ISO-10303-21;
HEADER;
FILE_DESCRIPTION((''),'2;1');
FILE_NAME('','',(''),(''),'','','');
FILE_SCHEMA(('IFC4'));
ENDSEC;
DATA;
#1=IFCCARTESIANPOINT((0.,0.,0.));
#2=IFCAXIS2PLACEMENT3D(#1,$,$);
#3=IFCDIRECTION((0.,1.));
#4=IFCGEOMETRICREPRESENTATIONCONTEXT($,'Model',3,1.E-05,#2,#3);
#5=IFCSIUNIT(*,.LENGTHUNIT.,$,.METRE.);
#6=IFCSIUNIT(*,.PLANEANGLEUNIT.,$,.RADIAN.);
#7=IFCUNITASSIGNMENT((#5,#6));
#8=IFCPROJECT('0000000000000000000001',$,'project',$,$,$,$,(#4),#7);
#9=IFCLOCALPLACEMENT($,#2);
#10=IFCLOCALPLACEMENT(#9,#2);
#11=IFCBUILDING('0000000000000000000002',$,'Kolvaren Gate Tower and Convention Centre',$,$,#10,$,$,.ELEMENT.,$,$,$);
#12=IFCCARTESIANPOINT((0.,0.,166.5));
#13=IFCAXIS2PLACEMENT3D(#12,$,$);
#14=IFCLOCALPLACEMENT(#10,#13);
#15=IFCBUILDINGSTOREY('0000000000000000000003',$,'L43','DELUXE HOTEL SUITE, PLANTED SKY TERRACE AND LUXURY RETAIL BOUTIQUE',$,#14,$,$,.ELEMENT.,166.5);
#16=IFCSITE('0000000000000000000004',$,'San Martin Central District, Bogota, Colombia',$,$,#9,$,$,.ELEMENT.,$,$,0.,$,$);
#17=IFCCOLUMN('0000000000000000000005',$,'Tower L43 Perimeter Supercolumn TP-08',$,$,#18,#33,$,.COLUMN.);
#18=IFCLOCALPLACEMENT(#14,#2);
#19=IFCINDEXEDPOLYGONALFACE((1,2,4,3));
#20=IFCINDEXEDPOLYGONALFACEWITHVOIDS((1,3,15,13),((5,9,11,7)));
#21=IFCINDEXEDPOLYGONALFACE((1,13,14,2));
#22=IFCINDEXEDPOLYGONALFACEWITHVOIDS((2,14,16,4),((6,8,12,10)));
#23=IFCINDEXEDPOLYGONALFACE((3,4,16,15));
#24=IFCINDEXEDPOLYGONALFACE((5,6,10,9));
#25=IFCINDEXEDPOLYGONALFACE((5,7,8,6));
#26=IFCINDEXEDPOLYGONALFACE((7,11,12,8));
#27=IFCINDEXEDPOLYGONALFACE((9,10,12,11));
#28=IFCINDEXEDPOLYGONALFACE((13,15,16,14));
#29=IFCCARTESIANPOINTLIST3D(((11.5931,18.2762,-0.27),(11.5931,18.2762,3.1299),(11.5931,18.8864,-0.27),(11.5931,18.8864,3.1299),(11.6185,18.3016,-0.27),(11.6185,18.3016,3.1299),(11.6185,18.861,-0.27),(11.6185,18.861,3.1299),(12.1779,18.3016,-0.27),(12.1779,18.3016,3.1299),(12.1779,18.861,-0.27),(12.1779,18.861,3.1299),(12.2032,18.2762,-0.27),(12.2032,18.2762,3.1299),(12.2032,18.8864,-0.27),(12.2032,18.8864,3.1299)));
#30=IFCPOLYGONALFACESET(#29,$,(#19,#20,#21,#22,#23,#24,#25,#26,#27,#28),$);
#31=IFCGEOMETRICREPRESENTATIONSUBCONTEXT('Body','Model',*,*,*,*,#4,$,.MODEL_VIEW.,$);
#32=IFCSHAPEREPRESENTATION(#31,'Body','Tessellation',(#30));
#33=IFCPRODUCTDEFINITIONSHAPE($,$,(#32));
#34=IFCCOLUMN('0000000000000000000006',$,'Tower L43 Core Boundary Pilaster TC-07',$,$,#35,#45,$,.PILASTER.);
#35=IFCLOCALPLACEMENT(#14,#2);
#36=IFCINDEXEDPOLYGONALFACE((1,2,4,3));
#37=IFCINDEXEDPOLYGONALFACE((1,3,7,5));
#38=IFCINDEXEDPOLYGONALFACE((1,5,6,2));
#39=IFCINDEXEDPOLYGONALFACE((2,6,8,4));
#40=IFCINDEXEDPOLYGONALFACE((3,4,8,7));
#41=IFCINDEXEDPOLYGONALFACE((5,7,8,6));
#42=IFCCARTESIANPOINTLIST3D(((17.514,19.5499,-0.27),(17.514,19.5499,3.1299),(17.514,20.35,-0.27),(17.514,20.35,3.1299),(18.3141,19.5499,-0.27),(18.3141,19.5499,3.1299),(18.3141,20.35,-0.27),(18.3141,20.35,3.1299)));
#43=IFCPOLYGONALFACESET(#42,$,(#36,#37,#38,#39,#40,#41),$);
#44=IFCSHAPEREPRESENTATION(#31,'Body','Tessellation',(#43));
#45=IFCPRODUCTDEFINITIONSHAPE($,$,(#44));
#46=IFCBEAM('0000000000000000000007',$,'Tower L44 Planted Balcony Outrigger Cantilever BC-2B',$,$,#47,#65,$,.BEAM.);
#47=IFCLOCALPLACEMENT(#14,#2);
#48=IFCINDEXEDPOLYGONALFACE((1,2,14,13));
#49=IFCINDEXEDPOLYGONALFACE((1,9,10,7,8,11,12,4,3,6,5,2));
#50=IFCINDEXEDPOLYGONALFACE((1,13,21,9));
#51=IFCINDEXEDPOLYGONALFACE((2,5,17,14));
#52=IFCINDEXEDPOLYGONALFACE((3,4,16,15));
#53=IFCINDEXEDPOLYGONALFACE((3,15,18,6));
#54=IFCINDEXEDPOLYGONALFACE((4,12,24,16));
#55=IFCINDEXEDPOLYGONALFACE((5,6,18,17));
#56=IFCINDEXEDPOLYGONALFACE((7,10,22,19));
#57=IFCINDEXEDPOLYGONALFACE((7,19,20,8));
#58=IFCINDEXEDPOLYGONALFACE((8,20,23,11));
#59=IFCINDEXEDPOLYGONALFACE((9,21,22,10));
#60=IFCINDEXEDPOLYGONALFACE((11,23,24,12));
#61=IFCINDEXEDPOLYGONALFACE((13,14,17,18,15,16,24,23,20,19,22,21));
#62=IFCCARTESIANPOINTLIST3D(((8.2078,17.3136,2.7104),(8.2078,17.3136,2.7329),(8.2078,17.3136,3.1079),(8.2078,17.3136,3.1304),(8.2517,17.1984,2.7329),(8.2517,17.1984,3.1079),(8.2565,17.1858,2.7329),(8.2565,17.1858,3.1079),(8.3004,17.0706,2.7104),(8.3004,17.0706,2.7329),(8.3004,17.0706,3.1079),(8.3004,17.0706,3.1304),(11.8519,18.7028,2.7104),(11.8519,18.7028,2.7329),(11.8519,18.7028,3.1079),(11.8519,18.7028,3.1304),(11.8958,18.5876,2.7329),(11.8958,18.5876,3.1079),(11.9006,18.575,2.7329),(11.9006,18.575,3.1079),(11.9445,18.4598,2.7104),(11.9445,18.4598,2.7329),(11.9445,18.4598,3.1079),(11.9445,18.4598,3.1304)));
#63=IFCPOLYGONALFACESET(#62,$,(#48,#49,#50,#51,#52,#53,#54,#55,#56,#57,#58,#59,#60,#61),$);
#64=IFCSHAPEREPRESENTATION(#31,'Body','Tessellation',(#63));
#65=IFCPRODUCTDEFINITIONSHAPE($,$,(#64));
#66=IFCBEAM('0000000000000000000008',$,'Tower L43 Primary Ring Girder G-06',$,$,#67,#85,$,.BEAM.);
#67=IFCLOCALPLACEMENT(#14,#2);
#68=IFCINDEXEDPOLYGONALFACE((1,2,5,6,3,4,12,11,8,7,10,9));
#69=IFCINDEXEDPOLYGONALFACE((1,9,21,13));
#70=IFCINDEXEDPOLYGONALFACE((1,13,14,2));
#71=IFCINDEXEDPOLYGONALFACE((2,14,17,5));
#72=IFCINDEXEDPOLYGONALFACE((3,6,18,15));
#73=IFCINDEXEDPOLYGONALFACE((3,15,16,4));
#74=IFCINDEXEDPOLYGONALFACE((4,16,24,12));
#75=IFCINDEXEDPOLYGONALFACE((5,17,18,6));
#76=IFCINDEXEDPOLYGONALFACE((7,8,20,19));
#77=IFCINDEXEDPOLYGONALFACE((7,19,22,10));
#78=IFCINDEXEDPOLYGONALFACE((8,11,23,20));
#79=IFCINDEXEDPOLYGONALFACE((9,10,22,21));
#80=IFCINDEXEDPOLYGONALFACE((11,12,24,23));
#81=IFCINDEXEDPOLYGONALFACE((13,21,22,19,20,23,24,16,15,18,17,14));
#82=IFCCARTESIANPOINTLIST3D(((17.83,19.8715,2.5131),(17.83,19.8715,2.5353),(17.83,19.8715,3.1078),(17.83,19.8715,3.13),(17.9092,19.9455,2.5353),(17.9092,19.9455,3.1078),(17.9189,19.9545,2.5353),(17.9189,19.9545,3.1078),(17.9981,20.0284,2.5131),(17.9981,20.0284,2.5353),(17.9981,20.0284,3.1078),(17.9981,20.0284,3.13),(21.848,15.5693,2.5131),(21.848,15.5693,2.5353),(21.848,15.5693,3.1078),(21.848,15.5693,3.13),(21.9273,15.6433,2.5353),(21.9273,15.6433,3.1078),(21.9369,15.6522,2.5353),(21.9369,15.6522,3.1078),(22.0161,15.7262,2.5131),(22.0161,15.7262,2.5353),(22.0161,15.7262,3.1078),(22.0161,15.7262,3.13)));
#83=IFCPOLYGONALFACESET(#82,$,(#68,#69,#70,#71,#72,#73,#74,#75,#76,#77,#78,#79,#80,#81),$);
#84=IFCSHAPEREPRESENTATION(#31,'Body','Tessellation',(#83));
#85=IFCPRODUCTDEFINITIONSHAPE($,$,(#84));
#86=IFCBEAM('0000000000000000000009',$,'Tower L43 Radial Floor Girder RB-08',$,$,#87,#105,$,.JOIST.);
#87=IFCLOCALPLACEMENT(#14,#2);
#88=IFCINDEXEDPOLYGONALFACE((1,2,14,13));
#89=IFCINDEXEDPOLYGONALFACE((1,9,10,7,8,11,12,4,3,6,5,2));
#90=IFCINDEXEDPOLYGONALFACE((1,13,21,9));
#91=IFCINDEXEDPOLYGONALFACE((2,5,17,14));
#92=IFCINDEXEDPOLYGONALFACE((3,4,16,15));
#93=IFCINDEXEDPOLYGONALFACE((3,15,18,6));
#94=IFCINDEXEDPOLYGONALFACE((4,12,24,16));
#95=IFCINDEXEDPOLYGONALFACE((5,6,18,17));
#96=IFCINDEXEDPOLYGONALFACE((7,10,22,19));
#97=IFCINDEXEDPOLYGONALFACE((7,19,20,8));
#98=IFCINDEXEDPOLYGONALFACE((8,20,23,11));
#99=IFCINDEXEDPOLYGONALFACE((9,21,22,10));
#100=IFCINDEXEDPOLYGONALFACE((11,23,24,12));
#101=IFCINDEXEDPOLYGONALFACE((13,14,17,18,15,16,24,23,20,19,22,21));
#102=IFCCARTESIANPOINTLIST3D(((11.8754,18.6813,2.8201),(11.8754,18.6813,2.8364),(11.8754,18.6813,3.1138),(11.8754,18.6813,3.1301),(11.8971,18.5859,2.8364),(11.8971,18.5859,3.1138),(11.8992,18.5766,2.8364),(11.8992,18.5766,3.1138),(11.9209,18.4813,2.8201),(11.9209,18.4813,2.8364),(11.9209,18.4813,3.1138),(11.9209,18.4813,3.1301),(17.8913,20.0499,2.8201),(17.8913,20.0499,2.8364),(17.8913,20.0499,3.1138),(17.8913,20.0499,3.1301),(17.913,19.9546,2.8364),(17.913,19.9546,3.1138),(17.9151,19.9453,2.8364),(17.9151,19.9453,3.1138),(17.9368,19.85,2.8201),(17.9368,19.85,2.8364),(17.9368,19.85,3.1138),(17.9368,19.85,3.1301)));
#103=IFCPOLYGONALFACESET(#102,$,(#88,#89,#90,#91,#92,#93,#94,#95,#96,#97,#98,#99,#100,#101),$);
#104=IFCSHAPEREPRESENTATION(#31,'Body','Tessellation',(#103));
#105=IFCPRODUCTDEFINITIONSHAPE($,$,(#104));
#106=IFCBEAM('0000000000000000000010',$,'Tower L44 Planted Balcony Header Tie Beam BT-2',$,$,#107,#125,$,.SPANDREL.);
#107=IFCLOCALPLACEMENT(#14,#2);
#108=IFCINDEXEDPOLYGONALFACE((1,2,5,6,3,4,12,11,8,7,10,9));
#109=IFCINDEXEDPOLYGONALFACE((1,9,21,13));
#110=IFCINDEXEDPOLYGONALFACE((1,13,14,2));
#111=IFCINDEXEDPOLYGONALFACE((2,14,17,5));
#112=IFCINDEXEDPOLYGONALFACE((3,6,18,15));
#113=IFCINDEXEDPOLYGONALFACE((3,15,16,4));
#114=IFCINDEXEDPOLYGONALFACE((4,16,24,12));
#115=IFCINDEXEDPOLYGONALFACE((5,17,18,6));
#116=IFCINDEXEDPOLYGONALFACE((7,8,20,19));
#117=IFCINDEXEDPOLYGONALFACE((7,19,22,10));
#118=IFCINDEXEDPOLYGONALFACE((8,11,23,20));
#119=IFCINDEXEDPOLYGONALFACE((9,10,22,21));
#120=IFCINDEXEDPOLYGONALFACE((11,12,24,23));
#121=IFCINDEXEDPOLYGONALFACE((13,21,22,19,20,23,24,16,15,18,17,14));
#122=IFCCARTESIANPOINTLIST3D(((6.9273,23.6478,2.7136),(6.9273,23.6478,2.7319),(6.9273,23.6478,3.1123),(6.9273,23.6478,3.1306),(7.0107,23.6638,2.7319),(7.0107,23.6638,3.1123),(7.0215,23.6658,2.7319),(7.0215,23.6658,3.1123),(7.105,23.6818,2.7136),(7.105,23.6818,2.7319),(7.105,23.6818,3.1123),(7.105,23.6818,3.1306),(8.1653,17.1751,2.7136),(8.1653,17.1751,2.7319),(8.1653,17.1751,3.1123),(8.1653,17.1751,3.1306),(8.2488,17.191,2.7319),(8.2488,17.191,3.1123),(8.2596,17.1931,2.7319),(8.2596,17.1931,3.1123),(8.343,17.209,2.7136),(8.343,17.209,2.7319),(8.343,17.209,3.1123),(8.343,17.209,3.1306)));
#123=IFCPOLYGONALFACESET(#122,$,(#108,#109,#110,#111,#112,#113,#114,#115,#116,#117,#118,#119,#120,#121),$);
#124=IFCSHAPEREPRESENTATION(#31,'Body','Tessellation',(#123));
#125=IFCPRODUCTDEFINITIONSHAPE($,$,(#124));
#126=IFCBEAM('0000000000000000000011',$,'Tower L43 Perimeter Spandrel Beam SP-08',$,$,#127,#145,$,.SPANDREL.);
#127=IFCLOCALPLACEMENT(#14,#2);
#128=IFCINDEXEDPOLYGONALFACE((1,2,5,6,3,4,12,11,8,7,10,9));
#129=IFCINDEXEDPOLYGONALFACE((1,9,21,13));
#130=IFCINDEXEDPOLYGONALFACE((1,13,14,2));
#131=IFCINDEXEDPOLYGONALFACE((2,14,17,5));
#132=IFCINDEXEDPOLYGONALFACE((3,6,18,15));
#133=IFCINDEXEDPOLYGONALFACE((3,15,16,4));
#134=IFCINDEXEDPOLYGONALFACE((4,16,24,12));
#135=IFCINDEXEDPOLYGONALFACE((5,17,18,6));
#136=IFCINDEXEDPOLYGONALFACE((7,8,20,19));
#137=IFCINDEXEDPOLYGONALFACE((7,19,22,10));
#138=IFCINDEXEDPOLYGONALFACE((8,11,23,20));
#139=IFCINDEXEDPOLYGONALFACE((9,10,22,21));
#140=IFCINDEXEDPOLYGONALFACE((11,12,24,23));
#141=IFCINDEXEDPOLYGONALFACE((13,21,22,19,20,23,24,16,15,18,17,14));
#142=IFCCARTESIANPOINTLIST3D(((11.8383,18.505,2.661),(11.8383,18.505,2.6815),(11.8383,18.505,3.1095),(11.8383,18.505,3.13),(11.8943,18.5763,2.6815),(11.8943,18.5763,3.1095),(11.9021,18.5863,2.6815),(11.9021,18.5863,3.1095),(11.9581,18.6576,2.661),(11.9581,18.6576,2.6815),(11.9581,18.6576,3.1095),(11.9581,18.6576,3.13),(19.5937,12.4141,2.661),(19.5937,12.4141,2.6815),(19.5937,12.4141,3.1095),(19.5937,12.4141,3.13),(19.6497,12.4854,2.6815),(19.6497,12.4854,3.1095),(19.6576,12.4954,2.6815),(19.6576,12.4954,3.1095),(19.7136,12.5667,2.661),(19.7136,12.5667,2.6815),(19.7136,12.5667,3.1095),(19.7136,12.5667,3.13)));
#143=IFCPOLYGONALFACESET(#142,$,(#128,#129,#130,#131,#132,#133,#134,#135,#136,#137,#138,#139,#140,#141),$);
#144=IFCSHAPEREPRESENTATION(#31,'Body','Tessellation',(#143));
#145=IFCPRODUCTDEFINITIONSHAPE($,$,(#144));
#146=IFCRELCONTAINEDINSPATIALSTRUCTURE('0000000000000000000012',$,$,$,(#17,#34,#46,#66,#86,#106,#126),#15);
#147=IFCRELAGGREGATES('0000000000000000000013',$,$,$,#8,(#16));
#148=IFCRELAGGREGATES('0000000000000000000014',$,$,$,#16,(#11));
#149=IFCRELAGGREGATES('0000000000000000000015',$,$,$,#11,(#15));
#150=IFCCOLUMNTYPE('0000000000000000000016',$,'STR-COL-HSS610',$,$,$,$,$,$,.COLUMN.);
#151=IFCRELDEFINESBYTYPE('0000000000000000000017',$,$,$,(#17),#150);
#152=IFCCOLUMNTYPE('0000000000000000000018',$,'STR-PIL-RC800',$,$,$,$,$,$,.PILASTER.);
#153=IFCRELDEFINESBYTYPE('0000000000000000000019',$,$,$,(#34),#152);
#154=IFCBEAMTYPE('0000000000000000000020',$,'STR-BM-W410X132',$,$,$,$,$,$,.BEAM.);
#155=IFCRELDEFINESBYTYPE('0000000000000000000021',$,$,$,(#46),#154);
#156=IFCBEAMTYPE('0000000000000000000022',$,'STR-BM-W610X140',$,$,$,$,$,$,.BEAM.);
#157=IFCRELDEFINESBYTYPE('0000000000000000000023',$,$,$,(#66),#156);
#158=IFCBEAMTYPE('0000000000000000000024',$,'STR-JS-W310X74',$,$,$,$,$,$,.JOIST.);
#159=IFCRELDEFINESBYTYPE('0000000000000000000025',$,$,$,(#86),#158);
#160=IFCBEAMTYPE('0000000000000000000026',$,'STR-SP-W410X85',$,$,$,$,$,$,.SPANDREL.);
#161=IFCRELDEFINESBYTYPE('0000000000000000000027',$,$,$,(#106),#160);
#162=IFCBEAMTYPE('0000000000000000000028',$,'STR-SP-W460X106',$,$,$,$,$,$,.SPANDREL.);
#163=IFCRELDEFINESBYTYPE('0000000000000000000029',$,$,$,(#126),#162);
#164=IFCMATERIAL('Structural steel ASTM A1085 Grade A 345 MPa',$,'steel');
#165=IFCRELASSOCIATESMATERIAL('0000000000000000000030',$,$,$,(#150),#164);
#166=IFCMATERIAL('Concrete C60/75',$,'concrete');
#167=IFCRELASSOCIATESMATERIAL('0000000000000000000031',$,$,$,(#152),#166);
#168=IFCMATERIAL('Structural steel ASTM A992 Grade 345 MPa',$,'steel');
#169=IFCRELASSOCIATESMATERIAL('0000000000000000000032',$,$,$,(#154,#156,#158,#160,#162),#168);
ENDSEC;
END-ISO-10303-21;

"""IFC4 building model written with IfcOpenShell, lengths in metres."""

from ifc_helpers import new_model, si_unit, direction, frame, origin, origin_2d, place, context, subcontext, project, spatial, rectangle, hollow_rectangle, i_section, extrude, material, material_profile, profile_set, type_object, element, save


model = new_model("IFC4")

# Units and contexts
model_context = context("Model", 3, precision=1e-05, world=origin(), true_north=direction((0.0, 1.0)))
body_context = subcontext(model_context, "Body", "Model", "MODEL_VIEW")
ifc_project = project(units=[si_unit("LENGTHUNIT", "METRE"), si_unit("PLANEANGLEUNIT", "RADIAN")], contexts=[model_context])

# Site, building, storey
site_placement = place(None, origin())
site = spatial("IfcSite", under=ifc_project, at=site_placement, Name="San Martin Central District, Bogota, Colombia", CompositionType="ELEMENT", RefElevation=0.0)
building_placement = place(site_placement, origin())
building = spatial("IfcBuilding", under=site, at=building_placement, Name="Kolvaren Gate Tower and Convention Centre", CompositionType="ELEMENT")
storey_placement = place(building_placement, frame((0.0, 0.0, 166.5)))
storey = spatial("IfcBuildingStorey", under=building, at=storey_placement, Name="L43", Description="DELUXE HOTEL SUITE, PLANTED SKY TERRACE AND LUXURY RETAIL BOUTIQUE", CompositionType="ELEMENT", Elevation=166.5)

# Columns
ifc_material_1 = material(Name="Structural steel ASTM A1085 Grade A 345 MPa", Category="steel")
ifc_material_profile_1 = material_profile(ifc_material_1, hollow_rectangle(XDim=0.6101, YDim=0.6101, WallThickness=0.0254, at=origin_2d()), Name="HSS610X610X25.4")
ifc_profile_set_1 = profile_set([ifc_material_profile_1], Name="Structural steel ASTM A1085 Grade A 345 MPa")
column_type_1 = type_object("IfcColumnType", Name="STR-COL-HSS610", PredefinedType="COLUMN", material=ifc_profile_set_1)
column_1_placement = place(storey_placement, frame((11.8982, 18.5813, -0.27), z_axis=(0.0, 0.0, 1.0), x_axis=(1.0, 0.0, 0.0)))
element("IfcColumn", 1, at=column_1_placement, inside=storey, type_object=column_type_1, Name="Tower L43 Perimeter Supercolumn TP-08", PredefinedType="COLUMN", context=body_context, shape_type="SweptSolid", body=[
    extrude(hollow_rectangle(XDim=0.6101, YDim=0.6101, WallThickness=0.0254, at=origin_2d()), origin(), (0.0, 0.0, 1.0), 3.3999),
])
ifc_material_2 = material(Name="Concrete C60/75", Category="concrete")
ifc_material_profile_2 = material_profile(ifc_material_2, rectangle(XDim=0.8, YDim=0.8, at=origin_2d()), Name="RC-COL-800X800")
ifc_profile_set_2 = profile_set([ifc_material_profile_2], Name="Concrete C60/75")
column_type_2 = type_object("IfcColumnType", Name="STR-PIL-RC800", PredefinedType="PILASTER", material=ifc_profile_set_2)
column_2_placement = place(storey_placement, frame((17.9141, 19.95, -0.27), z_axis=(0.0, 0.0, 1.0), x_axis=(1.0, 0.0, 0.0)))
element("IfcColumn", 2, at=column_2_placement, inside=storey, type_object=column_type_2, Name="Tower L43 Core Boundary Pilaster TC-07", PredefinedType="PILASTER", context=body_context, shape_type="SweptSolid", body=[
    extrude(rectangle(XDim=0.8, YDim=0.8, at=origin_2d()), origin(), (0.0, 0.0, 1.0), 3.3999),
])

# Beams
ifc_material_3 = material(Name="Structural steel ASTM A992 Grade 345 MPa", Category="steel")
ifc_material_profile_3 = material_profile(ifc_material_3, i_section(OverallWidth=0.26, OverallDepth=0.4199, WebThickness=0.0134, FlangeThickness=0.0225, at=origin_2d()), Name="W410X132")
ifc_profile_set_3 = profile_set([ifc_material_profile_3], Name="Structural steel ASTM A992 Grade 345 MPa")
beam_type_1 = type_object("IfcBeamType", Name="STR-BM-W410X132", PredefinedType="BEAM", material=ifc_profile_set_3)
beam_1_placement = place(storey_placement, frame((11.8982, 18.5813, 2.9204), z_axis=(-0.934406, -0.356209, 0.0), x_axis=(0.356209, -0.934406, 0.0)))
element("IfcBeam", 3, at=beam_1_placement, inside=storey, type_object=beam_type_1, Name="Tower L44 Planted Balcony Outrigger Cantilever BC-2B", PredefinedType="BEAM", context=body_context, shape_type="SweptSolid", body=[
    extrude(i_section(OverallWidth=0.26, OverallDepth=0.4199, WebThickness=0.0134, FlangeThickness=0.0225, at=origin_2d()), origin(), (0.0, 0.0, 1.0), 3.8999),
])
ifc_material_profile_4 = material_profile(ifc_material_3, i_section(OverallWidth=0.23, OverallDepth=0.6169, WebThickness=0.0132, FlangeThickness=0.0222, at=origin_2d()), Name="W610X140")
ifc_profile_set_4 = profile_set([ifc_material_profile_4], Name="Structural steel ASTM A992 Grade 345 MPa")
beam_type_2 = type_object("IfcBeamType", Name="STR-BM-W610X140", PredefinedType="BEAM", material=ifc_profile_set_4)
beam_2_placement = place(storey_placement, frame((17.9141, 19.95, 2.8215), z_axis=(0.682558, -0.730832, 0.0), x_axis=(0.730832, 0.682558, 0.0)))
element("IfcBeam", 4, at=beam_2_placement, inside=storey, type_object=beam_type_2, Name="Tower L43 Primary Ring Girder G-06", PredefinedType="BEAM", context=body_context, shape_type="SweptSolid", body=[
    extrude(i_section(OverallWidth=0.23, OverallDepth=0.6169, WebThickness=0.0132, FlangeThickness=0.0222, at=origin_2d()), origin(), (0.0, 0.0, 1.0), 5.8867),
])
ifc_material_profile_5 = material_profile(ifc_material_3, i_section(OverallWidth=0.2051, OverallDepth=0.3101, WebThickness=0.0095, FlangeThickness=0.0164, at=origin_2d()), Name="W310X74")
ifc_profile_set_5 = profile_set([ifc_material_profile_5], Name="Structural steel ASTM A992 Grade 345 MPa")
beam_type_3 = type_object("IfcBeamType", Name="STR-JS-W310X74", PredefinedType="JOIST", material=ifc_profile_set_5)
beam_3_placement = place(storey_placement, frame((17.9141, 19.95, 2.9751), z_axis=(-0.975083, -0.221838, 0.0), x_axis=(0.221838, -0.975083, 0.0)))
element("IfcBeam", 5, at=beam_3_placement, inside=storey, type_object=beam_type_3, Name="Tower L43 Radial Floor Girder RB-08", PredefinedType="JOIST", context=body_context, shape_type="SweptSolid", body=[
    extrude(i_section(OverallWidth=0.2051, OverallDepth=0.3101, WebThickness=0.0095, FlangeThickness=0.0164, at=origin_2d()), origin(), (0.0, 0.0, 1.0), 6.1697),
])
ifc_material_profile_6 = material_profile(ifc_material_3, i_section(OverallWidth=0.1809, OverallDepth=0.417, WebThickness=0.011, FlangeThickness=0.0183, at=origin_2d()), Name="W410X85")
ifc_profile_set_6 = profile_set([ifc_material_profile_6], Name="Structural steel ASTM A992 Grade 345 MPa")
beam_type_4 = type_object("IfcBeamType", Name="STR-SP-W410X85", PredefinedType="SPANDREL", material=ifc_profile_set_6)
beam_4_placement = place(storey_placement, frame((7.0161, 23.6648, 2.9221), z_axis=(0.187866, -0.982195, 0.0), x_axis=(0.982195, 0.187866, 0.0)))
element("IfcBeam", 6, at=beam_4_placement, inside=storey, type_object=beam_type_4, Name="Tower L44 Planted Balcony Header Tie Beam BT-2", PredefinedType="SPANDREL", context=body_context, shape_type="SweptSolid", body=[
    extrude(i_section(OverallWidth=0.1809, OverallDepth=0.417, WebThickness=0.011, FlangeThickness=0.0183, at=origin_2d()), origin(), (0.0, 0.0, 1.0), 6.5901),
])
ifc_material_profile_7 = material_profile(ifc_material_3, i_section(OverallWidth=0.1941, OverallDepth=0.469, WebThickness=0.0127, FlangeThickness=0.0205, at=origin_2d()), Name="W460X106")
ifc_profile_set_7 = profile_set([ifc_material_profile_7], Name="Structural steel ASTM A992 Grade 345 MPa")
beam_type_5 = type_object("IfcBeamType", Name="STR-SP-W460X106", PredefinedType="SPANDREL", material=ifc_profile_set_7)
beam_5_placement = place(storey_placement, frame((11.8982, 18.5813, 2.8955), z_axis=(0.786451, -0.617653, 0.0), x_axis=(0.617653, 0.786451, 0.0)))
element("IfcBeam", 7, at=beam_5_placement, inside=storey, type_object=beam_type_5, Name="Tower L43 Perimeter Spandrel Beam SP-08", PredefinedType="SPANDREL", context=body_context, shape_type="SweptSolid", body=[
    extrude(i_section(OverallWidth=0.1941, OverallDepth=0.469, WebThickness=0.0127, FlangeThickness=0.0205, at=origin_2d()), origin(), (0.0, 0.0, 1.0), 9.8613),
])

save(model, "model.ifc")
